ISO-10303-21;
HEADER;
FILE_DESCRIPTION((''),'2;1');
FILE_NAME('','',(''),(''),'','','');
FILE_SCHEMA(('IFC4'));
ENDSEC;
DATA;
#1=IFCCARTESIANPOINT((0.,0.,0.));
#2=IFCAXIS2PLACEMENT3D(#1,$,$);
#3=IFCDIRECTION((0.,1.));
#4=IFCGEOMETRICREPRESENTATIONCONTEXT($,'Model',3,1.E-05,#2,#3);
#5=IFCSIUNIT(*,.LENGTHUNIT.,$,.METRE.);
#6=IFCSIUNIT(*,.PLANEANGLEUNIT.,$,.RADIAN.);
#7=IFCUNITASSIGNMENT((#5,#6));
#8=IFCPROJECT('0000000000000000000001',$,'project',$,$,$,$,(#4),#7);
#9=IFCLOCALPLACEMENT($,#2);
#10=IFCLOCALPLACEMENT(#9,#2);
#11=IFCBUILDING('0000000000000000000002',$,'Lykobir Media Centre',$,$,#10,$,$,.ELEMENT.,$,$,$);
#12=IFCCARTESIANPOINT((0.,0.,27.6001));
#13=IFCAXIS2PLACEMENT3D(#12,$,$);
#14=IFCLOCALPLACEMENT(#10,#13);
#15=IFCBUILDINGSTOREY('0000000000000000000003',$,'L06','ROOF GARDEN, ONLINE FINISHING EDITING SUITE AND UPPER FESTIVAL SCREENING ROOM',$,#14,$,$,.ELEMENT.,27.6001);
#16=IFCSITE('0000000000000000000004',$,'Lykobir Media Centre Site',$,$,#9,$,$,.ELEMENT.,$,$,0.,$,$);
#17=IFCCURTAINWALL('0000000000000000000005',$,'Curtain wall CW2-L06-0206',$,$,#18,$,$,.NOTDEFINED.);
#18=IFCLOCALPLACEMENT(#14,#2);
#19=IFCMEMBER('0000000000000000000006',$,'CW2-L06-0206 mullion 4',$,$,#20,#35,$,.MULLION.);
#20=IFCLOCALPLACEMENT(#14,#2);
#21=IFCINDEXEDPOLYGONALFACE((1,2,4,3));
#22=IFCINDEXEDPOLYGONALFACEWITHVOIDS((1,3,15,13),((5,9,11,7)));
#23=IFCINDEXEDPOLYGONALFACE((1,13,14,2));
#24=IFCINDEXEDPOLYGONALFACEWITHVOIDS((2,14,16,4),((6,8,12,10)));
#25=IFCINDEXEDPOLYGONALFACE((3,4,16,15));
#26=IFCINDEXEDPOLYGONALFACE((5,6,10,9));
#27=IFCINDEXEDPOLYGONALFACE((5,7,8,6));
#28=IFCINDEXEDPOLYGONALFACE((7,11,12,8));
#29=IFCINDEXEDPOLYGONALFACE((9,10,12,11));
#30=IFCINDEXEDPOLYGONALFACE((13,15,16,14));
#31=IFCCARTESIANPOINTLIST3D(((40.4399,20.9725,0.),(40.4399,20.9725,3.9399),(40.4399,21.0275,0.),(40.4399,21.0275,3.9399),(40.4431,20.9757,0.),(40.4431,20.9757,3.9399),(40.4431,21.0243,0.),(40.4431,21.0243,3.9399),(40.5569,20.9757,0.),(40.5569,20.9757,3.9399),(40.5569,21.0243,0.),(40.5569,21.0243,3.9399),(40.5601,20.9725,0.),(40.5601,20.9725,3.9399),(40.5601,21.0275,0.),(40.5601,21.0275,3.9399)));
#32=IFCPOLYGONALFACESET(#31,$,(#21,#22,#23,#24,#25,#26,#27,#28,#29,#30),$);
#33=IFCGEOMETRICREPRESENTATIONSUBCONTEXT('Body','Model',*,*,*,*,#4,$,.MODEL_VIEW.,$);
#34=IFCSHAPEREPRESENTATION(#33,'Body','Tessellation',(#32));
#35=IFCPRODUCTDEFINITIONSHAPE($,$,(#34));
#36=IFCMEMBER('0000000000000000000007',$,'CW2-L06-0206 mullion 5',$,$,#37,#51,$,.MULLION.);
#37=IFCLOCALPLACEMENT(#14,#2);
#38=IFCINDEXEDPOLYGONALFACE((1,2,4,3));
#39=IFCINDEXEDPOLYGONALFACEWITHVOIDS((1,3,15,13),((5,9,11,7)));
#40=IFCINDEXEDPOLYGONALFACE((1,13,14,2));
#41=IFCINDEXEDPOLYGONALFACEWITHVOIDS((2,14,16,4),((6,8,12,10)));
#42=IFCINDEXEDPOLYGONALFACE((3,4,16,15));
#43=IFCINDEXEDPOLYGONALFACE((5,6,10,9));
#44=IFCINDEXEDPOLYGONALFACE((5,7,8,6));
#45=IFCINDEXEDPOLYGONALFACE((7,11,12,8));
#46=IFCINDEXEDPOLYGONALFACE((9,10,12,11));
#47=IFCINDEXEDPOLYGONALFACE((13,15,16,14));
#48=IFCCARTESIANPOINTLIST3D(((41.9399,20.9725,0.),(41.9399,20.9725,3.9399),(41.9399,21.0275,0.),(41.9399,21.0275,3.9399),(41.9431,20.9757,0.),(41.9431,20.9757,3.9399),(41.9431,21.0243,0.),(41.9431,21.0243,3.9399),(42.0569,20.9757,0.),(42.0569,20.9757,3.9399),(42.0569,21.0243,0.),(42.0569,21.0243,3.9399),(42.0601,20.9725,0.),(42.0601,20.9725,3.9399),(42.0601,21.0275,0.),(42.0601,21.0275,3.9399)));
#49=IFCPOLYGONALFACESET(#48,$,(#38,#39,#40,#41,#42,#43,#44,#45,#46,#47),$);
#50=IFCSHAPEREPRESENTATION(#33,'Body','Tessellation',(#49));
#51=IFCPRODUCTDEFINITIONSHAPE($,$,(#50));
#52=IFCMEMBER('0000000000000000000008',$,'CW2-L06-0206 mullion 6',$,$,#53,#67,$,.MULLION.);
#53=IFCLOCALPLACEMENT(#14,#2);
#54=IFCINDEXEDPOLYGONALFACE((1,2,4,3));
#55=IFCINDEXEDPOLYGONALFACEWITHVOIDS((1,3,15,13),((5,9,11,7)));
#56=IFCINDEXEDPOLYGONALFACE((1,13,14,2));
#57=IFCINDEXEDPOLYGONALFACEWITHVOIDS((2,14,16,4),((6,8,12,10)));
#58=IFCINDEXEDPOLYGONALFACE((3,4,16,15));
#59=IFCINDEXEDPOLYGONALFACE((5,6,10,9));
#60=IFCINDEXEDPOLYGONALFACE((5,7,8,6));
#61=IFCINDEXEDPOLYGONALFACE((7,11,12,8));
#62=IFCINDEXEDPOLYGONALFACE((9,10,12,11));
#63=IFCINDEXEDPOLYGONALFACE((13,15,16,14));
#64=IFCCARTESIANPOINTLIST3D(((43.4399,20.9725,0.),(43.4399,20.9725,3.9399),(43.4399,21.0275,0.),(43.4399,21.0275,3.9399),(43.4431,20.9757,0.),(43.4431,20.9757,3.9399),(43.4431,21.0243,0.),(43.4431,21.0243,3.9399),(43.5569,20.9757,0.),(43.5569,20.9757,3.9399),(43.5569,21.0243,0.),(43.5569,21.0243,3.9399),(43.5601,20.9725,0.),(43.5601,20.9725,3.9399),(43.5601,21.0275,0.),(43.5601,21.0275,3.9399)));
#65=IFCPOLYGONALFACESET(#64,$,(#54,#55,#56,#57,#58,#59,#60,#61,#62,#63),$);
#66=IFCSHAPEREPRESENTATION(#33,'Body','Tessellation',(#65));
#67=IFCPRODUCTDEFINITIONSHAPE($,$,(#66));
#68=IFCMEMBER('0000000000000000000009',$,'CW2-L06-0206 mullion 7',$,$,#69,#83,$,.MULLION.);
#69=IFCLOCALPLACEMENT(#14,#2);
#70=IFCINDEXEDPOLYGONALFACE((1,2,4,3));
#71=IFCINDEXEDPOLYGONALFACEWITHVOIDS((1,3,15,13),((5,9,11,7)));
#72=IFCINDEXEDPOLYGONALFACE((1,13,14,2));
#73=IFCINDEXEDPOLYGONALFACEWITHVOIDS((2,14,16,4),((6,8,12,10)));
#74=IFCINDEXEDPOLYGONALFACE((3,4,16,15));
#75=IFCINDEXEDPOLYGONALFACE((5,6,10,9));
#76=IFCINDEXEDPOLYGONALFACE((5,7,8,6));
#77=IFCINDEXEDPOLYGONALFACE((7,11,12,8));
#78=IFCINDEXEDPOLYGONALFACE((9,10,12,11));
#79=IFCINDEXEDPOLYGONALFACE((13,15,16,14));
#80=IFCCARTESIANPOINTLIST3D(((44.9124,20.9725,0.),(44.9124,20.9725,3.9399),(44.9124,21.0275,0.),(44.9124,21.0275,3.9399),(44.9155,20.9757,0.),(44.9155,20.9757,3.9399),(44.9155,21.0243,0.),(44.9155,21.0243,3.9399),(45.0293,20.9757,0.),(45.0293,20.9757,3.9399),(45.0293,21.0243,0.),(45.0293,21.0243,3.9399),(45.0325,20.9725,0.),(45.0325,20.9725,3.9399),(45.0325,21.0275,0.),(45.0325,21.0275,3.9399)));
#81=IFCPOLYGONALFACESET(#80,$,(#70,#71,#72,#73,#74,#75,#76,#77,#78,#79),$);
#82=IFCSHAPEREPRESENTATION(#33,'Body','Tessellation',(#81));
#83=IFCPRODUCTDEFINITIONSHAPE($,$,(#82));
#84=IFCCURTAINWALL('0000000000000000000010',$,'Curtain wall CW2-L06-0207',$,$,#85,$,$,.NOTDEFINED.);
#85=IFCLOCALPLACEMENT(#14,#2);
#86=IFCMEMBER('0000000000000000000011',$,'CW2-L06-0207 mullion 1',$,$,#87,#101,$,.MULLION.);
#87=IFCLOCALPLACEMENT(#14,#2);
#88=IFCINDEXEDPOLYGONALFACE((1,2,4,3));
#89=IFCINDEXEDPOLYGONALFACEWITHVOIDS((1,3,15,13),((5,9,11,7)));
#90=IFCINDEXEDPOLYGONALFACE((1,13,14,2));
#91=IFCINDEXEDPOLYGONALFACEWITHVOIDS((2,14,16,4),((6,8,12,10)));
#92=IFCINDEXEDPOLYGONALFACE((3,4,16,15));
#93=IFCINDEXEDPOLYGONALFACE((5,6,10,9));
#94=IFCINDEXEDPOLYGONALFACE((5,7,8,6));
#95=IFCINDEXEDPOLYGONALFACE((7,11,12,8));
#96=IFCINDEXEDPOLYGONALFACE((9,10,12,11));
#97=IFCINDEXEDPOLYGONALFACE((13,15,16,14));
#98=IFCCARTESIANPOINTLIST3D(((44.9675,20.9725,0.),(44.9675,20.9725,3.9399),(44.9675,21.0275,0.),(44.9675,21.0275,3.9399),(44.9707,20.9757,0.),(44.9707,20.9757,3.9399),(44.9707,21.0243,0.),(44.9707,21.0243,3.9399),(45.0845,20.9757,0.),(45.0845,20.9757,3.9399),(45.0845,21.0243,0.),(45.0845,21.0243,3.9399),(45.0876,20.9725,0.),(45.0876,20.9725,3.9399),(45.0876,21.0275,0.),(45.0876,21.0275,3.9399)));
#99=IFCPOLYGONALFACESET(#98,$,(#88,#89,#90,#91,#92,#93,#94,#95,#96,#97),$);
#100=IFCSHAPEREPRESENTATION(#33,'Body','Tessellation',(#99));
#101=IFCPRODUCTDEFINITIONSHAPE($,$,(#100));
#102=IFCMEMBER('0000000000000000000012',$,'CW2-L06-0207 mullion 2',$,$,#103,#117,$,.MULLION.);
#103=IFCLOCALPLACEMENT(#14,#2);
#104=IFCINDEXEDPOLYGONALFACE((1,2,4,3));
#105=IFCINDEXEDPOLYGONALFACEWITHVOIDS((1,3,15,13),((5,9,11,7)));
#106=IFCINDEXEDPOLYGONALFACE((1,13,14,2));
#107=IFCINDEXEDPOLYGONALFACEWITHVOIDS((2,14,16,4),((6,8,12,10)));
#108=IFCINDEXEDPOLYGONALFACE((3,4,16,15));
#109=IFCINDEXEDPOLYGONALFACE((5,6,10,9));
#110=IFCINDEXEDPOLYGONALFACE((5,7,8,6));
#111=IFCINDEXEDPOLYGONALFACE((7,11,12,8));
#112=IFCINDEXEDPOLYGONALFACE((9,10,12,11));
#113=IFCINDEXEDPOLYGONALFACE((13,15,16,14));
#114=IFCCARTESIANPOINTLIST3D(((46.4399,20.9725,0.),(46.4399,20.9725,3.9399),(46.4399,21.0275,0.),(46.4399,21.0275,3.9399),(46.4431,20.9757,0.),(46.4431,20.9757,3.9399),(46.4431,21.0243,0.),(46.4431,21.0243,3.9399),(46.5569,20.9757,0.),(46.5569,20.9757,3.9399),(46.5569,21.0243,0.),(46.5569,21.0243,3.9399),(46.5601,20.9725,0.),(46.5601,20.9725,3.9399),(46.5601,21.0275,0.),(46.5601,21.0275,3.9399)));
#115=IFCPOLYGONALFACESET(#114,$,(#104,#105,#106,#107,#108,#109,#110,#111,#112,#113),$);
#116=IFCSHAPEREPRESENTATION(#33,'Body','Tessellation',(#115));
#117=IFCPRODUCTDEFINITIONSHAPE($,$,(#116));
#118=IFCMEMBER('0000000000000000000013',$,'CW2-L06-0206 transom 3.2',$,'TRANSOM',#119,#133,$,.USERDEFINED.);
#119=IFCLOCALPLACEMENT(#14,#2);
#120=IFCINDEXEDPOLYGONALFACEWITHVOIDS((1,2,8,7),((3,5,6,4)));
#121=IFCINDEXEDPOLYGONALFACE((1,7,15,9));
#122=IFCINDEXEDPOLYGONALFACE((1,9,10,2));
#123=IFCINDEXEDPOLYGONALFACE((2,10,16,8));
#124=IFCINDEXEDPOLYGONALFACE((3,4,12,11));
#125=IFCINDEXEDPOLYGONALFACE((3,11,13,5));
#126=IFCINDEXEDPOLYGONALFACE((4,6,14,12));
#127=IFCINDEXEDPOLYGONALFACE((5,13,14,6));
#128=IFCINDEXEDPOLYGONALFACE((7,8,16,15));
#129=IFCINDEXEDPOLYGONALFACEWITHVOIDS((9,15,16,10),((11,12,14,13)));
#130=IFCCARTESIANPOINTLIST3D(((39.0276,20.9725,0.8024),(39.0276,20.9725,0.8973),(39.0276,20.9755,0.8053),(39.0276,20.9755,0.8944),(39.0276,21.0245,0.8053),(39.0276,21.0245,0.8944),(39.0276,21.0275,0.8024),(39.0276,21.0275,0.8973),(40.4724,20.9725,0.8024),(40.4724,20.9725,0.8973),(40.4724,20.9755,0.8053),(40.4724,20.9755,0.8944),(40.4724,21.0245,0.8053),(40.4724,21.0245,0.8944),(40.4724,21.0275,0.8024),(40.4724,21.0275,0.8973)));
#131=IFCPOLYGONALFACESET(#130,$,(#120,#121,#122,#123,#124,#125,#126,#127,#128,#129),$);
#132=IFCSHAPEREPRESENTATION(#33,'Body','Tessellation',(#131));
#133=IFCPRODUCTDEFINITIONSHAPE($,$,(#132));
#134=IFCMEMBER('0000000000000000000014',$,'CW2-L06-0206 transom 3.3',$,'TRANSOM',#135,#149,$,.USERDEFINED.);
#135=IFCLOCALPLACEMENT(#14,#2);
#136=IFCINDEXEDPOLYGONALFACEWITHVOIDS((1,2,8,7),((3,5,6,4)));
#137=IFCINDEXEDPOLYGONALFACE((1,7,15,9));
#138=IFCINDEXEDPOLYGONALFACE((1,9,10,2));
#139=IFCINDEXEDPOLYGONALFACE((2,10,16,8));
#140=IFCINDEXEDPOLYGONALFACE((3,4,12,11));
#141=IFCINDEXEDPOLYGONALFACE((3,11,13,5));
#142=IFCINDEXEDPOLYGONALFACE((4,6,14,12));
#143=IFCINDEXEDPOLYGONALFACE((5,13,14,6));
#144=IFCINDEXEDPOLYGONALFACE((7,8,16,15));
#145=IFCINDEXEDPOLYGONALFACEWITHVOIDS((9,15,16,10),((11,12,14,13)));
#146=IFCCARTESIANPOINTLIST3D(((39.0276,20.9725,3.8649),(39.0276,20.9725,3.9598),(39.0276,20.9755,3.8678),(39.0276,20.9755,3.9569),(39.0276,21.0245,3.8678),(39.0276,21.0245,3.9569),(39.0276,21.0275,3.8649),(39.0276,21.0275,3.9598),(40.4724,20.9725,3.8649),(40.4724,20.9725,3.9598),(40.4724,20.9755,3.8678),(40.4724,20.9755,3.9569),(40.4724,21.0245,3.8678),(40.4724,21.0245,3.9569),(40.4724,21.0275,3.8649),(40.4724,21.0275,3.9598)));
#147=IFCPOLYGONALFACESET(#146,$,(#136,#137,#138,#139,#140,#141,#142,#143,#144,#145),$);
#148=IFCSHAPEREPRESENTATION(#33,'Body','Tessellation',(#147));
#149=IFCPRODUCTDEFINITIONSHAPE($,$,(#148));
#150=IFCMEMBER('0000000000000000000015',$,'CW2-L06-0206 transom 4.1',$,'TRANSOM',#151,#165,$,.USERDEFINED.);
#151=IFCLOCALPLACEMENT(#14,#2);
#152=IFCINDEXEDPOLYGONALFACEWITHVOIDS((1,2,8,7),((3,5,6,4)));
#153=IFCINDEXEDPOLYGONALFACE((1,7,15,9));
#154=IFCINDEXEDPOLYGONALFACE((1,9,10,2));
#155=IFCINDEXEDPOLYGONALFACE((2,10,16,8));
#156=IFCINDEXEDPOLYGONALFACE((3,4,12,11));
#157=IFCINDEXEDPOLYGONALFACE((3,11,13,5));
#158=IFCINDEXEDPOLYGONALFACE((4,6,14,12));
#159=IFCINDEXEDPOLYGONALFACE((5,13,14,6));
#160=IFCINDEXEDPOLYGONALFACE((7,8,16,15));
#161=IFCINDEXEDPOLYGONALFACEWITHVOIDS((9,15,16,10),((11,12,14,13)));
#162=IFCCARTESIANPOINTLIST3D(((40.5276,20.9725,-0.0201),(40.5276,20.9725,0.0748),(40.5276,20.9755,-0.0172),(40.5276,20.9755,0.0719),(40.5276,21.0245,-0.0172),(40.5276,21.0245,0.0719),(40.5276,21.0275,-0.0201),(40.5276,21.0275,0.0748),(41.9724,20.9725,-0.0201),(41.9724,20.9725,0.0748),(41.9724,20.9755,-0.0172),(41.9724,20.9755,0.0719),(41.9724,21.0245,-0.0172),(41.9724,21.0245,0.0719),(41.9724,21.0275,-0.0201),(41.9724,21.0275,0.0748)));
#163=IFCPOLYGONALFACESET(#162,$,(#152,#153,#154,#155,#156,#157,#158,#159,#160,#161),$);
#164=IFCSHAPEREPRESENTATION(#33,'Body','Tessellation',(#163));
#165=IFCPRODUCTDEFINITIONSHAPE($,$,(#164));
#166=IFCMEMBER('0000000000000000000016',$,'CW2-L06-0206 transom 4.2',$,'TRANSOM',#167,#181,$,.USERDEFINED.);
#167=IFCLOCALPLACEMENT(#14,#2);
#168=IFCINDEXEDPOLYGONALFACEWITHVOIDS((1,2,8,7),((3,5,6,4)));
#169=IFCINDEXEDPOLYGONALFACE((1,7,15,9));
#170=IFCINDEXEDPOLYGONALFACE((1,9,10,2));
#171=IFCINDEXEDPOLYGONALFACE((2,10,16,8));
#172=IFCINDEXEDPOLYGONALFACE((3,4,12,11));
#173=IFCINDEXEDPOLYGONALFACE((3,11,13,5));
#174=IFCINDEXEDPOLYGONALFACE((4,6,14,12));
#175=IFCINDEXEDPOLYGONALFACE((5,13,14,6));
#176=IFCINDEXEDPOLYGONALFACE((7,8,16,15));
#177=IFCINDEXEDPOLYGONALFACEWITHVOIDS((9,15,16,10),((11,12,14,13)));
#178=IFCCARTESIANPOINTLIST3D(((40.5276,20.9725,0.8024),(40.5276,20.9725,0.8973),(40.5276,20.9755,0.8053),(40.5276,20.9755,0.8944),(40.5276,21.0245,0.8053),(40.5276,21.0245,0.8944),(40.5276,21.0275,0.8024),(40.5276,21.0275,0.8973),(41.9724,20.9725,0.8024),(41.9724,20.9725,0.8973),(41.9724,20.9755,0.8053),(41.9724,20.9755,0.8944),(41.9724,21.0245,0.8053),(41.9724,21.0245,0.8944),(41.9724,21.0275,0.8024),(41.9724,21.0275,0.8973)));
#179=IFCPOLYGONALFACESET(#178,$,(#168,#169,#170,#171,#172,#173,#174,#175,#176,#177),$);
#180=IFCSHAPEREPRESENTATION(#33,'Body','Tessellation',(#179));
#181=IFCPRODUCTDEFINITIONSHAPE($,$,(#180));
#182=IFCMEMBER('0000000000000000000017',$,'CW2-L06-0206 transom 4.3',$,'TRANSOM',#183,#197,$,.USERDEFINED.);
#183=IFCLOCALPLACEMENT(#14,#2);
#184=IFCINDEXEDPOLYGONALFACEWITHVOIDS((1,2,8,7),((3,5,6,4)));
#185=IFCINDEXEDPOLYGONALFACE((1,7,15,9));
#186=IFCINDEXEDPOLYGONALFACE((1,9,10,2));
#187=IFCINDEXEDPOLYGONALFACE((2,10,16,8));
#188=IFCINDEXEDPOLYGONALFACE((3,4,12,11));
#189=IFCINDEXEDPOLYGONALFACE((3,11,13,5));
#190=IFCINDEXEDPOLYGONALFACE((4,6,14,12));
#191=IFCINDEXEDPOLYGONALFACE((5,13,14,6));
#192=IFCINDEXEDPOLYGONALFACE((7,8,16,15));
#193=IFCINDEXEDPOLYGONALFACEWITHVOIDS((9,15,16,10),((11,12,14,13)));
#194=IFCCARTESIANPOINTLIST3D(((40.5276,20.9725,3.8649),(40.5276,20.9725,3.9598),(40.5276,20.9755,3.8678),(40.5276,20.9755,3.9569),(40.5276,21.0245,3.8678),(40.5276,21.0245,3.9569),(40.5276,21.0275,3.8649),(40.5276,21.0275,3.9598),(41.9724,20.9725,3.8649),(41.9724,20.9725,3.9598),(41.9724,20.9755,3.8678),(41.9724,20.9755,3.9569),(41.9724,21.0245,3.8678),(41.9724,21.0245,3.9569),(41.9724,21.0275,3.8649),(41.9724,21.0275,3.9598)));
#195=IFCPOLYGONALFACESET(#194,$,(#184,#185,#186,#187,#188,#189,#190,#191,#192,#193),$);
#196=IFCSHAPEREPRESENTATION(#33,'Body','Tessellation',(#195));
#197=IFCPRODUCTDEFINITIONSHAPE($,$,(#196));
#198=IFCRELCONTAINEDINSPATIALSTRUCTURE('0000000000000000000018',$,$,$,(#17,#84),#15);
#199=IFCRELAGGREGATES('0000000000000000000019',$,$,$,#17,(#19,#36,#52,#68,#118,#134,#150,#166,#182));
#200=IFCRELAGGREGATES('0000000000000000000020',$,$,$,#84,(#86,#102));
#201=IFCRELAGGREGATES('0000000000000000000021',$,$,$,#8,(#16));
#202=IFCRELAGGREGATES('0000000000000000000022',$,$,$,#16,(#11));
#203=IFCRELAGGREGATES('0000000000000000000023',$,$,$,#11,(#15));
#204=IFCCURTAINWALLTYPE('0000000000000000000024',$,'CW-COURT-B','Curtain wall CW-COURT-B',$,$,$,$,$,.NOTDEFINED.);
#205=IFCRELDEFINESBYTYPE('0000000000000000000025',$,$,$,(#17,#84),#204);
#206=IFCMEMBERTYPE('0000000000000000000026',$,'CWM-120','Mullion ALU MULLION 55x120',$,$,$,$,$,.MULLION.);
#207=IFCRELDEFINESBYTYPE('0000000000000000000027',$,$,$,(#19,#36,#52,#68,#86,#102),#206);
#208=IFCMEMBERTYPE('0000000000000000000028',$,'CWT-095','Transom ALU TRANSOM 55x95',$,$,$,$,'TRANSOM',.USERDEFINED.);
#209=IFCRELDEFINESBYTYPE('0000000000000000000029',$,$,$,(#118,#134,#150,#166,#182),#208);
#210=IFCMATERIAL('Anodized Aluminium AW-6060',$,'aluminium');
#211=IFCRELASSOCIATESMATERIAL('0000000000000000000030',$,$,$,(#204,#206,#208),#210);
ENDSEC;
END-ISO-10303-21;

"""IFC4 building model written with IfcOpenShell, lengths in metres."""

from ifc_helpers import new_model, si_unit, direction, frame, origin, origin_2d, place, context, subcontext, project, spatial, hollow_rectangle, extrude, material, material_profile, profile_set, type_object, element, aggregate, save


model = new_model("IFC4")

# Units and contexts
model_context = context("Model", 3, precision=1e-05, world=origin(), true_north=direction((0.0, 1.0)))
body_context = subcontext(model_context, "Body", "Model", "MODEL_VIEW")
ifc_project = project(units=[si_unit("LENGTHUNIT", "METRE"), si_unit("PLANEANGLEUNIT", "RADIAN")], contexts=[model_context])

# Site, building, storey
site_placement = place(None, origin())
site = spatial("IfcSite", under=ifc_project, at=site_placement, Name="Lykobir Media Centre Site", CompositionType="ELEMENT", RefElevation=0.0)
building_placement = place(site_placement, origin())
building = spatial("IfcBuilding", under=site, at=building_placement, Name="Lykobir Media Centre", CompositionType="ELEMENT")
storey_placement = place(building_placement, frame((0.0, 0.0, 27.6001)))
storey = spatial("IfcBuildingStorey", under=building, at=storey_placement, Name="L06", Description="ROOF GARDEN, ONLINE FINISHING EDITING SUITE AND UPPER FESTIVAL SCREENING ROOM", CompositionType="ELEMENT", Elevation=27.6001)

# Curtain walls, members
ifc_material_1 = material(Name="Anodized Aluminium AW-6060", Category="aluminium")
curtain_wall_type = type_object("IfcCurtainWallType", Name="CW-COURT-B", Description="Curtain wall CW-COURT-B", PredefinedType="NOTDEFINED", material=ifc_material_1)
curtain_wall_1_placement = place(storey_placement, origin())
curtain_wall_1 = element("IfcCurtainWall", 1, at=curtain_wall_1_placement, inside=storey, type_object=curtain_wall_type, Name="Curtain wall CW2-L06-0206", PredefinedType="NOTDEFINED")
ifc_material_profile_1 = material_profile(ifc_material_1, hollow_rectangle(XDim=0.0549, YDim=0.1201, WallThickness=0.0032, at=origin_2d()), Name="ALU MULLION 55x120")
ifc_profile_set_1 = profile_set([ifc_material_profile_1], Name="Anodized Aluminium AW-6060")
member_type_1 = type_object("IfcMemberType", Name="CWM-120", Description="Mullion ALU MULLION 55x120", PredefinedType="MULLION", material=ifc_profile_set_1)
member_1_placement = place(storey_placement, frame((40.5, 21.0, 0.0), z_axis=(0.0, 0.0, 1.0), x_axis=(0.0, 1.0, 0.0)))
member_1 = element("IfcMember", 2, at=member_1_placement, type_object=member_type_1, Name="CW2-L06-0206 mullion 4", PredefinedType="MULLION", context=body_context, shape_type="SweptSolid", body=[
    extrude(hollow_rectangle(XDim=0.0549, YDim=0.1201, WallThickness=0.0032, at=origin_2d()), origin(), (0.0, 0.0, 1.0), 3.9399),
])
member_2_placement = place(storey_placement, frame((42.0, 21.0, 0.0), z_axis=(0.0, 0.0, 1.0), x_axis=(0.0, 1.0, 0.0)))
member_2 = element("IfcMember", 3, at=member_2_placement, type_object=member_type_1, Name="CW2-L06-0206 mullion 5", PredefinedType="MULLION", context=body_context, shape_type="SweptSolid", body=[
    extrude(hollow_rectangle(XDim=0.0549, YDim=0.1201, WallThickness=0.0032, at=origin_2d()), origin(), (0.0, 0.0, 1.0), 3.9399),
])
member_3_placement = place(storey_placement, frame((43.5, 21.0, 0.0), z_axis=(0.0, 0.0, 1.0), x_axis=(0.0, 1.0, 0.0)))
member_3 = element("IfcMember", 4, at=member_3_placement, type_object=member_type_1, Name="CW2-L06-0206 mullion 6", PredefinedType="MULLION", context=body_context, shape_type="SweptSolid", body=[
    extrude(hollow_rectangle(XDim=0.0549, YDim=0.1201, WallThickness=0.0032, at=origin_2d()), origin(), (0.0, 0.0, 1.0), 3.9399),
])
member_4_placement = place(storey_placement, frame((44.9724, 21.0, 0.0), z_axis=(0.0, 0.0, 1.0), x_axis=(0.0, 1.0, 0.0)))
member_4 = element("IfcMember", 5, at=member_4_placement, type_object=member_type_1, Name="CW2-L06-0206 mullion 7", PredefinedType="MULLION", context=body_context, shape_type="SweptSolid", body=[
    extrude(hollow_rectangle(XDim=0.0549, YDim=0.1201, WallThickness=0.0032, at=origin_2d()), origin(), (0.0, 0.0, 1.0), 3.9399),
])
curtain_wall_2_placement = place(storey_placement, origin())
curtain_wall_2 = element("IfcCurtainWall", 6, at=curtain_wall_2_placement, inside=storey, type_object=curtain_wall_type, Name="Curtain wall CW2-L06-0207", PredefinedType="NOTDEFINED")
member_5_placement = place(storey_placement, frame((45.0276, 21.0, 0.0), z_axis=(0.0, 0.0, 1.0), x_axis=(0.0, 1.0, 0.0)))
member_5 = element("IfcMember", 7, at=member_5_placement, type_object=member_type_1, Name="CW2-L06-0207 mullion 1", PredefinedType="MULLION", context=body_context, shape_type="SweptSolid", body=[
    extrude(hollow_rectangle(XDim=0.0549, YDim=0.1201, WallThickness=0.0032, at=origin_2d()), origin(), (0.0, 0.0, 1.0), 3.9399),
])
member_6_placement = place(storey_placement, frame((46.5, 21.0, 0.0), z_axis=(0.0, 0.0, 1.0), x_axis=(0.0, 1.0, 0.0)))
member_6 = element("IfcMember", 8, at=member_6_placement, type_object=member_type_1, Name="CW2-L06-0207 mullion 2", PredefinedType="MULLION", context=body_context, shape_type="SweptSolid", body=[
    extrude(hollow_rectangle(XDim=0.0549, YDim=0.1201, WallThickness=0.0032, at=origin_2d()), origin(), (0.0, 0.0, 1.0), 3.9399),
])

# Members
ifc_material_profile_2 = material_profile(ifc_material_1, hollow_rectangle(XDim=0.0549, YDim=0.095, WallThickness=0.0029, at=origin_2d()), Name="ALU TRANSOM 55x95")
ifc_profile_set_2 = profile_set([ifc_material_profile_2], Name="Anodized Aluminium AW-6060")
member_type_2 = type_object("IfcMemberType", Name="CWT-095", Description="Transom ALU TRANSOM 55x95", ElementType="TRANSOM", PredefinedType="USERDEFINED", material=ifc_profile_set_2)
member_7_placement = place(storey_placement, frame((39.0276, 21.0, 0.8499), z_axis=(1.0, 0.0, 0.0), x_axis=(0.0, 1.0, 0.0)))
member_7 = element("IfcMember", 9, at=member_7_placement, type_object=member_type_2, Name="CW2-L06-0206 transom 3.2", ObjectType="TRANSOM", PredefinedType="USERDEFINED", context=body_context, shape_type="SweptSolid", body=[
    extrude(hollow_rectangle(XDim=0.0549, YDim=0.095, WallThickness=0.0029, at=origin_2d()), origin(), (0.0, 0.0, 1.0), 1.4448),
])
member_8_placement = place(storey_placement, frame((39.0276, 21.0, 3.9124), z_axis=(1.0, 0.0, 0.0), x_axis=(0.0, 1.0, 0.0)))
member_8 = element("IfcMember", 10, at=member_8_placement, type_object=member_type_2, Name="CW2-L06-0206 transom 3.3", ObjectType="TRANSOM", PredefinedType="USERDEFINED", context=body_context, shape_type="SweptSolid", body=[
    extrude(hollow_rectangle(XDim=0.0549, YDim=0.095, WallThickness=0.0029, at=origin_2d()), origin(), (0.0, 0.0, 1.0), 1.4448),
])
member_9_placement = place(storey_placement, frame((40.5276, 21.0, 0.0273), z_axis=(1.0, 0.0, 0.0), x_axis=(0.0, 1.0, 0.0)))
member_9 = element("IfcMember", 11, at=member_9_placement, type_object=member_type_2, Name="CW2-L06-0206 transom 4.1", ObjectType="TRANSOM", PredefinedType="USERDEFINED", context=body_context, shape_type="SweptSolid", body=[
    extrude(hollow_rectangle(XDim=0.0549, YDim=0.095, WallThickness=0.0029, at=origin_2d()), origin(), (0.0, 0.0, 1.0), 1.4448),
])
member_10_placement = place(storey_placement, frame((40.5276, 21.0, 0.8499), z_axis=(1.0, 0.0, 0.0), x_axis=(0.0, 1.0, 0.0)))
member_10 = element("IfcMember", 12, at=member_10_placement, type_object=member_type_2, Name="CW2-L06-0206 transom 4.2", ObjectType="TRANSOM", PredefinedType="USERDEFINED", context=body_context, shape_type="SweptSolid", body=[
    extrude(hollow_rectangle(XDim=0.0549, YDim=0.095, WallThickness=0.0029, at=origin_2d()), origin(), (0.0, 0.0, 1.0), 1.4448),
])
member_11_placement = place(storey_placement, frame((40.5276, 21.0, 3.9124), z_axis=(1.0, 0.0, 0.0), x_axis=(0.0, 1.0, 0.0)))
member_11 = element("IfcMember", 13, at=member_11_placement, type_object=member_type_2, Name="CW2-L06-0206 transom 4.3", ObjectType="TRANSOM", PredefinedType="USERDEFINED", context=body_context, shape_type="SweptSolid", body=[
    extrude(hollow_rectangle(XDim=0.0549, YDim=0.095, WallThickness=0.0029, at=origin_2d()), origin(), (0.0, 0.0, 1.0), 1.4448),
])

aggregate(curtain_wall_1, [member_1, member_2, member_3, member_4, member_7, member_8, member_9, member_10, member_11])
aggregate(curtain_wall_2, [member_5, member_6])

save(model, "model.ifc")
